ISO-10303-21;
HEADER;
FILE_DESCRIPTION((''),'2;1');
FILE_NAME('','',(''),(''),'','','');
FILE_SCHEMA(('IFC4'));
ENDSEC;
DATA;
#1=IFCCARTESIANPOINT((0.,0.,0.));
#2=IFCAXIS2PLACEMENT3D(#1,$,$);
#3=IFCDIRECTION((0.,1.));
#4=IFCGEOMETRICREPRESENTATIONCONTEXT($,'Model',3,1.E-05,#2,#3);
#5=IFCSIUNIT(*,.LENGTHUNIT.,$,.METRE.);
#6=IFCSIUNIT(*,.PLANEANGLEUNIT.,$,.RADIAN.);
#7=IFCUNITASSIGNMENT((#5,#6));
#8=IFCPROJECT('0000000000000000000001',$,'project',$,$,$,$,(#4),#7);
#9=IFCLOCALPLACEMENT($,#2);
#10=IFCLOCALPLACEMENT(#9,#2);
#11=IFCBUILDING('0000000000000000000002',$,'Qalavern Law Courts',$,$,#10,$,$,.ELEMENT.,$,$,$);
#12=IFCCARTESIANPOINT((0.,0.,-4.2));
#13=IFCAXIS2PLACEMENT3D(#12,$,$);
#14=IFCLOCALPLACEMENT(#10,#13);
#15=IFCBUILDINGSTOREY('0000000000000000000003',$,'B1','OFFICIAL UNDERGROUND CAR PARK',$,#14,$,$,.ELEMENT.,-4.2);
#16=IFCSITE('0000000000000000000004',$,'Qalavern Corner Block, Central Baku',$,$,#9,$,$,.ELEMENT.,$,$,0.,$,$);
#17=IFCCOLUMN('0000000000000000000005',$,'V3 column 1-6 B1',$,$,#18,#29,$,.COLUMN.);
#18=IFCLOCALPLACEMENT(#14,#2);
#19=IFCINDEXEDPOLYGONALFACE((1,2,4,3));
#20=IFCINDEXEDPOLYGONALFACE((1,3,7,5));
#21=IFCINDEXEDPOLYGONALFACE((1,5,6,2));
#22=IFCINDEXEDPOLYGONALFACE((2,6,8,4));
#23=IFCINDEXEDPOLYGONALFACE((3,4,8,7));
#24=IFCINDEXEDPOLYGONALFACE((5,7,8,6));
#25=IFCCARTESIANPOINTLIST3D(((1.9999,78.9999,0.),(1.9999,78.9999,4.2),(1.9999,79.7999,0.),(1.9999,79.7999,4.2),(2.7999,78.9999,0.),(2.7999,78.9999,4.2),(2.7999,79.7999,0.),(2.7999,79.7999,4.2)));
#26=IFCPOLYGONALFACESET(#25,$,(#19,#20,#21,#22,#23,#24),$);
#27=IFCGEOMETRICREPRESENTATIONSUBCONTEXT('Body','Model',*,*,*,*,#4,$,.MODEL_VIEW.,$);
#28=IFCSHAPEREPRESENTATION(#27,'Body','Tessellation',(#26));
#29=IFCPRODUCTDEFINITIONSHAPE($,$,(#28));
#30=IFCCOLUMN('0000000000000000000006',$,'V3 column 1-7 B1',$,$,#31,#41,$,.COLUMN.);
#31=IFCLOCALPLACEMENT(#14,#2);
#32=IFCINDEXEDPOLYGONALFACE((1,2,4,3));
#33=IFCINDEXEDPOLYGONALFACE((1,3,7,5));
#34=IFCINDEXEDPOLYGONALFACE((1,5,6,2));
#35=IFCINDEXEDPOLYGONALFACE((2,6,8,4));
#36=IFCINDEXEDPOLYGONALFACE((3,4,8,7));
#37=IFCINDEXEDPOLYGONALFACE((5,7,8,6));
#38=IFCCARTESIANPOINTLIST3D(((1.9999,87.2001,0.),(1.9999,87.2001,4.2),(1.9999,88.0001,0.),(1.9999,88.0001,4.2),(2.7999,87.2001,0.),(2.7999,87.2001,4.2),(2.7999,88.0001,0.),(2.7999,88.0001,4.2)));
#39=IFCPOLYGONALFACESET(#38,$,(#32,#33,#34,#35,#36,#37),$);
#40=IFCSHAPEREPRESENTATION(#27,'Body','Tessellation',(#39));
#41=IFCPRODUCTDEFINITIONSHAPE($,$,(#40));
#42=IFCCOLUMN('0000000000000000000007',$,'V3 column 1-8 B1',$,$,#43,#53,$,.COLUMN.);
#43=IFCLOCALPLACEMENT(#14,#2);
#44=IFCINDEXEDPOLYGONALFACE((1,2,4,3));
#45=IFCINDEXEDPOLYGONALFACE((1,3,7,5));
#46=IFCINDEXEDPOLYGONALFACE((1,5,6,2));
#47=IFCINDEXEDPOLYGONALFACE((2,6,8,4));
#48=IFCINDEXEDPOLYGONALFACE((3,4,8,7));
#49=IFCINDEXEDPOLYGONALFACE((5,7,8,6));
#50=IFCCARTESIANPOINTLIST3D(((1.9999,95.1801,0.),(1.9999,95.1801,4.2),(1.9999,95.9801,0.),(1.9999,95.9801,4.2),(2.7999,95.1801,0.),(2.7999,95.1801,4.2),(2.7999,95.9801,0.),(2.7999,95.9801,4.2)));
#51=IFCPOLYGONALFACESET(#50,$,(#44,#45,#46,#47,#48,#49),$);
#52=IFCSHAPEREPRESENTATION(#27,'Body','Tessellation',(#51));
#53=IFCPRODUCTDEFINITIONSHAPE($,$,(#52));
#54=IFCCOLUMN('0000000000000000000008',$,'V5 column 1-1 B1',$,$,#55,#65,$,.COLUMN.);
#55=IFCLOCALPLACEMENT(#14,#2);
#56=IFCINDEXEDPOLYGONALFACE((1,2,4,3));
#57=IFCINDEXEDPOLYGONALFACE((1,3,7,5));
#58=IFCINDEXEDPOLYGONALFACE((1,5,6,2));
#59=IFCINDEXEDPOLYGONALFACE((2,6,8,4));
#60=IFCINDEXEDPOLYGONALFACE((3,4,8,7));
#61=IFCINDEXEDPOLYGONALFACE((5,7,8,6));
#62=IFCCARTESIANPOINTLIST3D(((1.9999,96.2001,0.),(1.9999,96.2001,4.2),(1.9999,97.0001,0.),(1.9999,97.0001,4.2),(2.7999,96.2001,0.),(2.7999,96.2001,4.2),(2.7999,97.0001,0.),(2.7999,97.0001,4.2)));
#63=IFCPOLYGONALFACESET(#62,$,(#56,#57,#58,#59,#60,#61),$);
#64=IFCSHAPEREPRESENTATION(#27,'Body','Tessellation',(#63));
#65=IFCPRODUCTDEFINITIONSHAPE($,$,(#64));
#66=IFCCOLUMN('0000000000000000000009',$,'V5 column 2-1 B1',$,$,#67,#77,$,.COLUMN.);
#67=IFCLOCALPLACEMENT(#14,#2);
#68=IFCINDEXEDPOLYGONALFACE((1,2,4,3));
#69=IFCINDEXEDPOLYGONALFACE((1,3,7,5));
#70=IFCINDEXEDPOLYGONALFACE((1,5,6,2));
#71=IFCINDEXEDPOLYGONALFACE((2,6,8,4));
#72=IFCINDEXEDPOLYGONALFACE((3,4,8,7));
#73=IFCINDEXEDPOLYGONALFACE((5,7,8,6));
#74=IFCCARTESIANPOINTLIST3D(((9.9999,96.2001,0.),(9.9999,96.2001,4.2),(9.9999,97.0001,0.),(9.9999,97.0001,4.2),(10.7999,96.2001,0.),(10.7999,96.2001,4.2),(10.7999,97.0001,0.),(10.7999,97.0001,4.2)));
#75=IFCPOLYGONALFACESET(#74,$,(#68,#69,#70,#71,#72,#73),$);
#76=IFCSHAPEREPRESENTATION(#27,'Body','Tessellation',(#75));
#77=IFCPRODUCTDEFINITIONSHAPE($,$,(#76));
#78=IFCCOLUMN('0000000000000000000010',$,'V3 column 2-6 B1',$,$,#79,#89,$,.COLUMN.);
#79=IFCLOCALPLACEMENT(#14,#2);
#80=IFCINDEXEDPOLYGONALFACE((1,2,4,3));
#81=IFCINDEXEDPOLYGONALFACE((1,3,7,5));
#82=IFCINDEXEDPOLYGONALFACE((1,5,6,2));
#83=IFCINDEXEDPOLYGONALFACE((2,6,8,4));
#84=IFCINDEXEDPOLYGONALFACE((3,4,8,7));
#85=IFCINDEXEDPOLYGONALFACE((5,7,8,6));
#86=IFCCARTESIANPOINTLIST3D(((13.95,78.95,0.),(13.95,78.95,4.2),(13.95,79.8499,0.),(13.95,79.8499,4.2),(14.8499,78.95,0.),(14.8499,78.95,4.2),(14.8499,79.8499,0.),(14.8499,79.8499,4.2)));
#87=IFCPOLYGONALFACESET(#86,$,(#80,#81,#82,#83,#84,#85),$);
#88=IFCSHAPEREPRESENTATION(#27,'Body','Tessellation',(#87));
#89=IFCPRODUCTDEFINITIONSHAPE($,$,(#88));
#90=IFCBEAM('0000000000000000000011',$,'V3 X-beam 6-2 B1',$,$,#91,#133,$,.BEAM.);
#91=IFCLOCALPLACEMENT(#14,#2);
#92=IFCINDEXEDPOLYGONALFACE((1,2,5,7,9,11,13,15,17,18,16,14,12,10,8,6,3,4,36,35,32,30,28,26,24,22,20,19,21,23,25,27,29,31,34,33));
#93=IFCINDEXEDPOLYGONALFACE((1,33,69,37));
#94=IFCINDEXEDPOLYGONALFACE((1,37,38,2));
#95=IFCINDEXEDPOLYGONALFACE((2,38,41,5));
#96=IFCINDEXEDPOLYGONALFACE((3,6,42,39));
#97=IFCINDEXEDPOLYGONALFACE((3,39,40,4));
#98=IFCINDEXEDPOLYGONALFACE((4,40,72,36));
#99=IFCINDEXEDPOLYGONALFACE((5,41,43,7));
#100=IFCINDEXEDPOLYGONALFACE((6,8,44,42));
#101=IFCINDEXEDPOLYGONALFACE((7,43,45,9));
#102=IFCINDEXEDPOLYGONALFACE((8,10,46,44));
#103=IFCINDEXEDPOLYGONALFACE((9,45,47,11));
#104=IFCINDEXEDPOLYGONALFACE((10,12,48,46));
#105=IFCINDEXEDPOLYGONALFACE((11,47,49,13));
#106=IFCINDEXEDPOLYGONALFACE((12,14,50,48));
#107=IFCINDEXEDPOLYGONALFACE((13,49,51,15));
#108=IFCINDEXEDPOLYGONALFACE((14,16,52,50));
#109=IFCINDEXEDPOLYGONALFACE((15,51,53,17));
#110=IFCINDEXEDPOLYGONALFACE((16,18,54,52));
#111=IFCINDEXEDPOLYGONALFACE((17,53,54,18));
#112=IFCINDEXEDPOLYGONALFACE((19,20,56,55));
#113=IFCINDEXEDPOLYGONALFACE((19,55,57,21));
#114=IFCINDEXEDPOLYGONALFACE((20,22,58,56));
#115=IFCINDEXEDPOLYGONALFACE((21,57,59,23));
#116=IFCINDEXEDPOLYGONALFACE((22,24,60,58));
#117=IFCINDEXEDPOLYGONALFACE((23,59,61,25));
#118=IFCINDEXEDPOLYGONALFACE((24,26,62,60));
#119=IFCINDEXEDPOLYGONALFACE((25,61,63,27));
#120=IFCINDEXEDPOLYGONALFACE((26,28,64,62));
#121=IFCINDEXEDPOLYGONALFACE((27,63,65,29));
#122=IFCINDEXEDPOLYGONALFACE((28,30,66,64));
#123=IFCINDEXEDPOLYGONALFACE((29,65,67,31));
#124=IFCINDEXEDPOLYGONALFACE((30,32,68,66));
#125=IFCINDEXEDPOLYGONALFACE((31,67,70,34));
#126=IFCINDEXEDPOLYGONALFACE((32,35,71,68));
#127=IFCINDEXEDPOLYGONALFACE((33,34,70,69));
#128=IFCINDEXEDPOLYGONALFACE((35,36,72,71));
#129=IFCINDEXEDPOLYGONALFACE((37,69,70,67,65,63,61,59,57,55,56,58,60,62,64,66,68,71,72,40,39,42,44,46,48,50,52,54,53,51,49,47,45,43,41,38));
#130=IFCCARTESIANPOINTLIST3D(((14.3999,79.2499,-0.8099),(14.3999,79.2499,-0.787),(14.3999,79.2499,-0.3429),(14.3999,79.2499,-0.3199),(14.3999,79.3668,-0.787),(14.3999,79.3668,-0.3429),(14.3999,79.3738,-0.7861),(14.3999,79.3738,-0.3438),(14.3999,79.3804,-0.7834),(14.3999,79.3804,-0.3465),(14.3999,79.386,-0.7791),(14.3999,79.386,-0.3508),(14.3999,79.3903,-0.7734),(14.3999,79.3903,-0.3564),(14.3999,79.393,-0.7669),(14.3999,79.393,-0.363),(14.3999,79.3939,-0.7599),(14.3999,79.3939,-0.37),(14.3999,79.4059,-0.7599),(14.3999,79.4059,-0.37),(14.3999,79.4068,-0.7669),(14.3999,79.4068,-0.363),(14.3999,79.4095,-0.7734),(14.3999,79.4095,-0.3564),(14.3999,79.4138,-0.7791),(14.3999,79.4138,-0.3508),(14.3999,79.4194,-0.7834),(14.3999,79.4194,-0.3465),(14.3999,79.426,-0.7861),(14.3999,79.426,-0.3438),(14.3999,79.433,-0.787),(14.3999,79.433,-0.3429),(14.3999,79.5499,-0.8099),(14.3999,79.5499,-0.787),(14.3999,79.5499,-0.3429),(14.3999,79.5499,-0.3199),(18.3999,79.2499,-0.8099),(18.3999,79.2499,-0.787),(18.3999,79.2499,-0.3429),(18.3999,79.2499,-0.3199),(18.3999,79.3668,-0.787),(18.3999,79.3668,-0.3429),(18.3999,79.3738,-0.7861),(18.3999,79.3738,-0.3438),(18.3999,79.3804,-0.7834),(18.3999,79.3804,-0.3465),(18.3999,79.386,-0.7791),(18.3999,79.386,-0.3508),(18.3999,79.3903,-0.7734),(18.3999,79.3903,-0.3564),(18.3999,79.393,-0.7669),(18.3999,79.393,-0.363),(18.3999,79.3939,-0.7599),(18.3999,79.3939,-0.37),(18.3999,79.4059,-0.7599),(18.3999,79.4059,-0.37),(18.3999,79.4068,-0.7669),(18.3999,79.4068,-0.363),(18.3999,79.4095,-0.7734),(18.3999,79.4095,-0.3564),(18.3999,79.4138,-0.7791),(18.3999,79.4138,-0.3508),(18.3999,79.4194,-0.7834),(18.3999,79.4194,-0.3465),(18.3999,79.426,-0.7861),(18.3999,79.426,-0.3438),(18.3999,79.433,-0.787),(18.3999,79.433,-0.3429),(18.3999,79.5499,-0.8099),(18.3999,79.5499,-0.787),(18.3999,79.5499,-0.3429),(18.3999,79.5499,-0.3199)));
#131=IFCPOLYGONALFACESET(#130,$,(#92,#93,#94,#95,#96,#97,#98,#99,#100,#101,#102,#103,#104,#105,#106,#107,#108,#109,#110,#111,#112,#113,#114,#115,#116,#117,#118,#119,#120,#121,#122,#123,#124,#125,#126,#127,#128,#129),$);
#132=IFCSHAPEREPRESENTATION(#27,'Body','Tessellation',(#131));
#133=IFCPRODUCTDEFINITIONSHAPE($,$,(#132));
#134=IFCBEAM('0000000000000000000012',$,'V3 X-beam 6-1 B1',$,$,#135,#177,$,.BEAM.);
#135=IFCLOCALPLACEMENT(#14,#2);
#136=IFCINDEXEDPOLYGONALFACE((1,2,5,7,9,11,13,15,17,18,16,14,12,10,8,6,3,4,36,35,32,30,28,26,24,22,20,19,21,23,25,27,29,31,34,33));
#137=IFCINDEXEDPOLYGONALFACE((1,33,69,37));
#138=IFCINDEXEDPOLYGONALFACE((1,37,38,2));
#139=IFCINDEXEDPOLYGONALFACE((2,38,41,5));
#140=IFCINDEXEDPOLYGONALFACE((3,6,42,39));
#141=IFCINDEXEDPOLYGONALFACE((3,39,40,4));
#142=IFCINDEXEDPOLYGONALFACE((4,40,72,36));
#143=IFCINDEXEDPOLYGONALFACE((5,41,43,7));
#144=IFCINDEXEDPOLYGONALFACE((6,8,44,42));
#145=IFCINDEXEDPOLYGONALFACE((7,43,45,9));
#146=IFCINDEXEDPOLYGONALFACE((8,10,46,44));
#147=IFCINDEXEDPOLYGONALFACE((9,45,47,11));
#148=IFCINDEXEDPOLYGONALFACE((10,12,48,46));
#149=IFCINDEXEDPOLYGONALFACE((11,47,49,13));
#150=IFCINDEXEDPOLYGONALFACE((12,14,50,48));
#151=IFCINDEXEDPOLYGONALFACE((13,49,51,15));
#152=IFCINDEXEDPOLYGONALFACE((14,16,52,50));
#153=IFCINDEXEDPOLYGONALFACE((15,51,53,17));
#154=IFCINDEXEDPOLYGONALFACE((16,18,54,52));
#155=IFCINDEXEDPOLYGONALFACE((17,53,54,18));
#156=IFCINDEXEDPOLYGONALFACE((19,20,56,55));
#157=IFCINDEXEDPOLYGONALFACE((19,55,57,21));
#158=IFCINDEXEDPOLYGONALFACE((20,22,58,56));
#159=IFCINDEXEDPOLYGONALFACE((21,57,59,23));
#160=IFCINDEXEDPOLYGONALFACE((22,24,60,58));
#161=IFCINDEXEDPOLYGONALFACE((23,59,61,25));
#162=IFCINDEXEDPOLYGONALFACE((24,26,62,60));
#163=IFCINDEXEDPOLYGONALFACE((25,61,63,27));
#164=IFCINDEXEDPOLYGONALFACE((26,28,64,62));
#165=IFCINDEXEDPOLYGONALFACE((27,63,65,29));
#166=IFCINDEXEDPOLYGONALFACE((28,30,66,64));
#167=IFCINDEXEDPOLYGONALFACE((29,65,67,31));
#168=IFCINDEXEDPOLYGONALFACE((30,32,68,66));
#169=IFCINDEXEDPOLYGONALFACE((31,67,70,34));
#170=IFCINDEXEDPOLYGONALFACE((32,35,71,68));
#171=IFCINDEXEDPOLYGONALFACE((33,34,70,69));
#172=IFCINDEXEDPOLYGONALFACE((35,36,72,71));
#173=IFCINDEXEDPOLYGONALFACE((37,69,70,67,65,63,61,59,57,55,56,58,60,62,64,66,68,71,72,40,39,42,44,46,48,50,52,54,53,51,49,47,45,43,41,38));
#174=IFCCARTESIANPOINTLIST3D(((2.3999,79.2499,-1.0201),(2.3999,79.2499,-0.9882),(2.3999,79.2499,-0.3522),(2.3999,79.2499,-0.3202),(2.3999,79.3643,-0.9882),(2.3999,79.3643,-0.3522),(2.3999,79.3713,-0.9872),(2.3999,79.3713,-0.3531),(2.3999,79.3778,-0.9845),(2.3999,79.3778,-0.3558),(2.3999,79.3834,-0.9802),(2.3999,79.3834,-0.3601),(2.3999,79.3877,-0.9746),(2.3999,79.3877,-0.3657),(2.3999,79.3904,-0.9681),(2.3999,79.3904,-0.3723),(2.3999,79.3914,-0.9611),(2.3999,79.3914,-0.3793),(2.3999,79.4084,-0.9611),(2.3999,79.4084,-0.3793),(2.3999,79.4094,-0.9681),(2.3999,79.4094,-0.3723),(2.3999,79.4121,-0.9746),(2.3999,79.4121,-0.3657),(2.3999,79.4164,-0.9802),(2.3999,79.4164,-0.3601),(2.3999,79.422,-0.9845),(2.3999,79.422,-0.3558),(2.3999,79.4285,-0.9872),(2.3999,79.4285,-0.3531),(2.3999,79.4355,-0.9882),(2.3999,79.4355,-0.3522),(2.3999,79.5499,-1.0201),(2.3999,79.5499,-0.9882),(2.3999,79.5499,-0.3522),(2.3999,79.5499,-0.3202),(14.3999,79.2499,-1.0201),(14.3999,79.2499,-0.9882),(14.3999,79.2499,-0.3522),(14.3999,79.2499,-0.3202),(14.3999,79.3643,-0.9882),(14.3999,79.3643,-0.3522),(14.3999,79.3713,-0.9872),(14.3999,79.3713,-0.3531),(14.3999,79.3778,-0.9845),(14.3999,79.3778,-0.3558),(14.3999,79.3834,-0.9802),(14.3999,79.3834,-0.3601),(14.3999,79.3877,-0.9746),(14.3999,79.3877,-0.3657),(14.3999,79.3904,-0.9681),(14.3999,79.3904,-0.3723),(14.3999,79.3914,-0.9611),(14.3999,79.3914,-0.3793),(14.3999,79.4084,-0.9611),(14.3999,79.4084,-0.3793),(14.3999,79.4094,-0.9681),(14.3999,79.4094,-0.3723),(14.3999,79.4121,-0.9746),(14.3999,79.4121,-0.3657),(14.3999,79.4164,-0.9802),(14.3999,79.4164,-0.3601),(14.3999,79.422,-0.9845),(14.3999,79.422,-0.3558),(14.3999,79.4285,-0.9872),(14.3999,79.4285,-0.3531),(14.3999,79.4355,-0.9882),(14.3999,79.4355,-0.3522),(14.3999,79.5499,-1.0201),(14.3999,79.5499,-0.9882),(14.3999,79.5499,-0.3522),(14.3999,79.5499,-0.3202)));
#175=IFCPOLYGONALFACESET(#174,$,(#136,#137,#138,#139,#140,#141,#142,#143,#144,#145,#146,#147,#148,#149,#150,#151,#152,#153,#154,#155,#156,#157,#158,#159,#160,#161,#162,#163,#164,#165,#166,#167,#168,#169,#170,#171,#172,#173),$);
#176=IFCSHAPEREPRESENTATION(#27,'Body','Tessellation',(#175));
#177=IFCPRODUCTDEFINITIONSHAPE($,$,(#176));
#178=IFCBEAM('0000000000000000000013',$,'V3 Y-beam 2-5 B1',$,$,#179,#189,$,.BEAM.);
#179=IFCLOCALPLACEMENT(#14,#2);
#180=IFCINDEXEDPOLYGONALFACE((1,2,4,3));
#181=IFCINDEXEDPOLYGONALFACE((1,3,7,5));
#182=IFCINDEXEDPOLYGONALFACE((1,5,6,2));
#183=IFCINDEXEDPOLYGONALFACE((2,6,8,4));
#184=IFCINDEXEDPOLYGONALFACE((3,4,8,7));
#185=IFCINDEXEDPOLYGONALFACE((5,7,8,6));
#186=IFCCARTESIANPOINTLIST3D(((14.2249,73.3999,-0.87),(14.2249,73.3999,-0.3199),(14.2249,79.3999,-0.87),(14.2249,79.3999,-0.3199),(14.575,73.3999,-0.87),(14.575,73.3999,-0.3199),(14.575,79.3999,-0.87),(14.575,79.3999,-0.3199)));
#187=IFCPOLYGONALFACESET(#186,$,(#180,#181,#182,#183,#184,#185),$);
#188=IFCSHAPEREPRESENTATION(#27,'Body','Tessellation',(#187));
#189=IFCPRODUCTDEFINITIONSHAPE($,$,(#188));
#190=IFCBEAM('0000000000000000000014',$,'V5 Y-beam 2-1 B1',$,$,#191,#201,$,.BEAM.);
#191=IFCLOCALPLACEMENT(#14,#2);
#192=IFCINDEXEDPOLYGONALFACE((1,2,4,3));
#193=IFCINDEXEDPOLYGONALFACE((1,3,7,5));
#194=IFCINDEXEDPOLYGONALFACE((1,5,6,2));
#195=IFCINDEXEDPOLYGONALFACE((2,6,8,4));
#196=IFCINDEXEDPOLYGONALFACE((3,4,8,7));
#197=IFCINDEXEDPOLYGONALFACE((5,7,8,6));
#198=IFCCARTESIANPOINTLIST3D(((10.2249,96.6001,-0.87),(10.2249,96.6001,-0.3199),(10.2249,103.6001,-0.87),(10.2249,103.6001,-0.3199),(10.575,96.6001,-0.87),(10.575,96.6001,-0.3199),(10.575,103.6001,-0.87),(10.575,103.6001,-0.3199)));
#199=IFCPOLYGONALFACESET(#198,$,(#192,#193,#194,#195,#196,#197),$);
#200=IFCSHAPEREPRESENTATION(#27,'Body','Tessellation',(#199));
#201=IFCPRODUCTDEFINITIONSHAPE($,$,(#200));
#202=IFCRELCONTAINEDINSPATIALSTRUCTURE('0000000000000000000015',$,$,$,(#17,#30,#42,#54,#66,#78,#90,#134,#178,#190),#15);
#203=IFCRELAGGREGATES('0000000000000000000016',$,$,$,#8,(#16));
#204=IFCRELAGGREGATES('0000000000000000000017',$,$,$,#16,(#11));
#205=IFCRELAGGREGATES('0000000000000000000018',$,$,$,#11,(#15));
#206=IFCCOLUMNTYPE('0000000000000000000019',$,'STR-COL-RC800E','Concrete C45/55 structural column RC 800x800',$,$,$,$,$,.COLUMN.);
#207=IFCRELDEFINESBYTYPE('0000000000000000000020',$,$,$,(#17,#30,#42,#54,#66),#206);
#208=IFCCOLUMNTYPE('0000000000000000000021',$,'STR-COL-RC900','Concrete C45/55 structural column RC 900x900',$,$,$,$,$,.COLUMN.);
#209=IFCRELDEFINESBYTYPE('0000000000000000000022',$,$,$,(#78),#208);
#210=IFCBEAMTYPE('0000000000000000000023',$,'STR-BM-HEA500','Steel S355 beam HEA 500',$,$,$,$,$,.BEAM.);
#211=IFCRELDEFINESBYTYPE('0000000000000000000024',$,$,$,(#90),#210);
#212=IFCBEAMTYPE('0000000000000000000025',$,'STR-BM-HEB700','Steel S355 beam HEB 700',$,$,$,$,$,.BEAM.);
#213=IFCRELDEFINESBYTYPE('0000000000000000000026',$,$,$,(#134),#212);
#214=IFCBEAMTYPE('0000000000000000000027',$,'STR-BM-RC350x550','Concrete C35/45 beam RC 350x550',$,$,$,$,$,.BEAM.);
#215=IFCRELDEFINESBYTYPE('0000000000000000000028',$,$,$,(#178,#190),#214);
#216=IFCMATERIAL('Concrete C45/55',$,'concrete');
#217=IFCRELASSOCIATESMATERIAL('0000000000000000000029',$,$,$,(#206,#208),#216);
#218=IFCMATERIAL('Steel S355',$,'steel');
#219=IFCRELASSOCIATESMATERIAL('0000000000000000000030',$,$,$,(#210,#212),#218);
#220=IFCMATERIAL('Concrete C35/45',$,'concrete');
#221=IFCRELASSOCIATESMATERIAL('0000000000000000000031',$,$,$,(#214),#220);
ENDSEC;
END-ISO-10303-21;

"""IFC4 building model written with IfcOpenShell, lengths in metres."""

from ifc_helpers import new_model, si_unit, direction, frame, origin, origin_2d, place, context, subcontext, project, spatial, rectangle, i_section, extrude, material, material_profile, profile_set, type_object, element, save


model = new_model("IFC4")

# Units and contexts
model_context = context("Model", 3, precision=1e-05, world=origin(), true_north=direction((0.0, 1.0)))
body_context = subcontext(model_context, "Body", "Model", "MODEL_VIEW")
ifc_project = project(units=[si_unit("LENGTHUNIT", "METRE"), si_unit("PLANEANGLEUNIT", "RADIAN")], contexts=[model_context])

# Site, building, storey
site_placement = place(None, origin())
site = spatial("IfcSite", under=ifc_project, at=site_placement, Name="Qalavern Corner Block, Central Baku", CompositionType="ELEMENT", RefElevation=0.0)
building_placement = place(site_placement, origin())
building = spatial("IfcBuilding", under=site, at=building_placement, Name="Qalavern Law Courts", CompositionType="ELEMENT")
storey_placement = place(building_placement, frame((0.0, 0.0, -4.2)))
storey = spatial("IfcBuildingStorey", under=building, at=storey_placement, Name="B1", Description="OFFICIAL UNDERGROUND CAR PARK", CompositionType="ELEMENT", Elevation=-4.2)

# Columns
ifc_material_1 = material(Name="Concrete C45/55", Category="concrete")
ifc_material_profile_1 = material_profile(ifc_material_1, rectangle(XDim=0.8, YDim=0.8, at=origin_2d()), Name="RC 800x800")
ifc_profile_set_1 = profile_set([ifc_material_profile_1], Name="Concrete C45/55")
column_type_1 = type_object("IfcColumnType", Name="STR-COL-RC800E", Description="Concrete C45/55 structural column RC 800x800", PredefinedType="COLUMN", material=ifc_profile_set_1)
for number, where, z_axis, x_axis, name in (
    (1, (2.3999, 79.3999, 0.0), (0.0, 0.0, 1.0), (1.0, 0.0, 0.0), "V3 column 1-6 B1"),
    (2, (2.3999, 87.6001, 0.0), (0.0, 0.0, 1.0), (1.0, 0.0, 0.0), "V3 column 1-7 B1"),
    (3, (2.3999, 95.5801, 0.0), (0.0, 0.0, 1.0), (1.0, 0.0, 0.0), "V3 column 1-8 B1"),
    (4, (2.3999, 96.6001, 0.0), (0.0, 0.0, 1.0), (1.0, 0.0, 0.0), "V5 column 1-1 B1"),
    (5, (10.3999, 96.6001, 0.0), (0.0, 0.0, 1.0), (1.0, 0.0, 0.0), "V5 column 2-1 B1"),
):
    element("IfcColumn", number, at=place(storey_placement, frame(where, z_axis=z_axis, x_axis=x_axis)), inside=storey, type_object=column_type_1, Name=name, PredefinedType="COLUMN", context=body_context, shape_type="SweptSolid", body=[
        extrude(rectangle(XDim=0.8, YDim=0.8, at=origin_2d()), origin(), (0.0, 0.0, 1.0), 4.2),
    ])
ifc_material_profile_2 = material_profile(ifc_material_1, rectangle(XDim=0.8999, YDim=0.8999, at=origin_2d()), Name="RC 900x900")
ifc_profile_set_2 = profile_set([ifc_material_profile_2], Name="Concrete C45/55")
column_type_2 = type_object("IfcColumnType", Name="STR-COL-RC900", Description="Concrete C45/55 structural column RC 900x900", PredefinedType="COLUMN", material=ifc_profile_set_2)
column_placement = place(storey_placement, frame((14.3999, 79.3999, 0.0), z_axis=(0.0, 0.0, 1.0), x_axis=(1.0, 0.0, 0.0)))
element("IfcColumn", 6, at=column_placement, inside=storey, type_object=column_type_2, Name="V3 column 2-6 B1", PredefinedType="COLUMN", context=body_context, shape_type="SweptSolid", body=[
    extrude(rectangle(XDim=0.8999, YDim=0.8999, at=origin_2d()), origin(), (0.0, 0.0, 1.0), 4.2),
])

# Beams
ifc_material_2 = material(Name="Steel S355", Category="steel")
ifc_material_profile_3 = material_profile(ifc_material_2, i_section(OverallWidth=0.3, OverallDepth=0.49, WebThickness=0.012, FlangeThickness=0.0229, FilletRadius=0.0271, at=origin_2d()), Name="HEA 500")
ifc_profile_set_3 = profile_set([ifc_material_profile_3], Name="Steel S355")
beam_type_1 = type_object("IfcBeamType", Name="STR-BM-HEA500", Description="Steel S355 beam HEA 500", PredefinedType="BEAM", material=ifc_profile_set_3)
beam_1_placement = place(storey_placement, frame((14.3999, 79.3999, -0.5649), z_axis=(1.0, 0.0, 0.0), x_axis=(0.0, 1.0, 0.0)))
element("IfcBeam", 7, at=beam_1_placement, inside=storey, type_object=beam_type_1, Name="V3 X-beam 6-2 B1", PredefinedType="BEAM", context=body_context, shape_type="SweptSolid", body=[
    extrude(i_section(OverallWidth=0.3, OverallDepth=0.49, WebThickness=0.012, FlangeThickness=0.0229, FilletRadius=0.0271, at=origin_2d()), origin(), (0.0, 0.0, 1.0), 4.0),
])
ifc_material_profile_4 = material_profile(ifc_material_2, i_section(OverallWidth=0.3, OverallDepth=0.7, WebThickness=0.0171, FlangeThickness=0.032, FilletRadius=0.0271, at=origin_2d()), Name="HEB 700")
ifc_profile_set_4 = profile_set([ifc_material_profile_4], Name="Steel S355")
beam_type_2 = type_object("IfcBeamType", Name="STR-BM-HEB700", Description="Steel S355 beam HEB 700", PredefinedType="BEAM", material=ifc_profile_set_4)
beam_2_placement = place(storey_placement, frame((2.3999, 79.3999, -0.6702), z_axis=(1.0, 0.0, 0.0), x_axis=(0.0, 1.0, 0.0)))
element("IfcBeam", 8, at=beam_2_placement, inside=storey, type_object=beam_type_2, Name="V3 X-beam 6-1 B1", PredefinedType="BEAM", context=body_context, shape_type="SweptSolid", body=[
    extrude(i_section(OverallWidth=0.3, OverallDepth=0.7, WebThickness=0.0171, FlangeThickness=0.032, FilletRadius=0.0271, at=origin_2d()), origin(), (0.0, 0.0, 1.0), 12.0),
])
ifc_material_3 = material(Name="Concrete C35/45", Category="concrete")
ifc_material_profile_5 = material_profile(ifc_material_3, rectangle(XDim=0.3501, YDim=0.55, at=origin_2d()), Name="RC 350x550")
ifc_profile_set_5 = profile_set([ifc_material_profile_5], Name="Concrete C35/45")
beam_type_3 = type_object("IfcBeamType", Name="STR-BM-RC350x550", Description="Concrete C35/45 beam RC 350x550", PredefinedType="BEAM", material=ifc_profile_set_5)
beam_3_placement = place(storey_placement, frame((14.3999, 73.3999, -0.595), z_axis=(0.0, 1.0, 0.0), x_axis=(-1.0, 0.0, 0.0)))
element("IfcBeam", 9, at=beam_3_placement, inside=storey, type_object=beam_type_3, Name="V3 Y-beam 2-5 B1", PredefinedType="BEAM", context=body_context, shape_type="SweptSolid", body=[
    extrude(rectangle(XDim=0.3501, YDim=0.55, at=origin_2d()), origin(), (0.0, 0.0, 1.0), 6.0),
])
beam_4_placement = place(storey_placement, frame((10.3999, 96.6001, -0.595), z_axis=(0.0, 1.0, 0.0), x_axis=(-1.0, 0.0, 0.0)))
element("IfcBeam", 10, at=beam_4_placement, inside=storey, type_object=beam_type_3, Name="V5 Y-beam 2-1 B1", PredefinedType="BEAM", context=body_context, shape_type="SweptSolid", body=[
    extrude(rectangle(XDim=0.3501, YDim=0.55, at=origin_2d()), origin(), (0.0, 0.0, 1.0), 7.0),
])

save(model, "model.ifc")
